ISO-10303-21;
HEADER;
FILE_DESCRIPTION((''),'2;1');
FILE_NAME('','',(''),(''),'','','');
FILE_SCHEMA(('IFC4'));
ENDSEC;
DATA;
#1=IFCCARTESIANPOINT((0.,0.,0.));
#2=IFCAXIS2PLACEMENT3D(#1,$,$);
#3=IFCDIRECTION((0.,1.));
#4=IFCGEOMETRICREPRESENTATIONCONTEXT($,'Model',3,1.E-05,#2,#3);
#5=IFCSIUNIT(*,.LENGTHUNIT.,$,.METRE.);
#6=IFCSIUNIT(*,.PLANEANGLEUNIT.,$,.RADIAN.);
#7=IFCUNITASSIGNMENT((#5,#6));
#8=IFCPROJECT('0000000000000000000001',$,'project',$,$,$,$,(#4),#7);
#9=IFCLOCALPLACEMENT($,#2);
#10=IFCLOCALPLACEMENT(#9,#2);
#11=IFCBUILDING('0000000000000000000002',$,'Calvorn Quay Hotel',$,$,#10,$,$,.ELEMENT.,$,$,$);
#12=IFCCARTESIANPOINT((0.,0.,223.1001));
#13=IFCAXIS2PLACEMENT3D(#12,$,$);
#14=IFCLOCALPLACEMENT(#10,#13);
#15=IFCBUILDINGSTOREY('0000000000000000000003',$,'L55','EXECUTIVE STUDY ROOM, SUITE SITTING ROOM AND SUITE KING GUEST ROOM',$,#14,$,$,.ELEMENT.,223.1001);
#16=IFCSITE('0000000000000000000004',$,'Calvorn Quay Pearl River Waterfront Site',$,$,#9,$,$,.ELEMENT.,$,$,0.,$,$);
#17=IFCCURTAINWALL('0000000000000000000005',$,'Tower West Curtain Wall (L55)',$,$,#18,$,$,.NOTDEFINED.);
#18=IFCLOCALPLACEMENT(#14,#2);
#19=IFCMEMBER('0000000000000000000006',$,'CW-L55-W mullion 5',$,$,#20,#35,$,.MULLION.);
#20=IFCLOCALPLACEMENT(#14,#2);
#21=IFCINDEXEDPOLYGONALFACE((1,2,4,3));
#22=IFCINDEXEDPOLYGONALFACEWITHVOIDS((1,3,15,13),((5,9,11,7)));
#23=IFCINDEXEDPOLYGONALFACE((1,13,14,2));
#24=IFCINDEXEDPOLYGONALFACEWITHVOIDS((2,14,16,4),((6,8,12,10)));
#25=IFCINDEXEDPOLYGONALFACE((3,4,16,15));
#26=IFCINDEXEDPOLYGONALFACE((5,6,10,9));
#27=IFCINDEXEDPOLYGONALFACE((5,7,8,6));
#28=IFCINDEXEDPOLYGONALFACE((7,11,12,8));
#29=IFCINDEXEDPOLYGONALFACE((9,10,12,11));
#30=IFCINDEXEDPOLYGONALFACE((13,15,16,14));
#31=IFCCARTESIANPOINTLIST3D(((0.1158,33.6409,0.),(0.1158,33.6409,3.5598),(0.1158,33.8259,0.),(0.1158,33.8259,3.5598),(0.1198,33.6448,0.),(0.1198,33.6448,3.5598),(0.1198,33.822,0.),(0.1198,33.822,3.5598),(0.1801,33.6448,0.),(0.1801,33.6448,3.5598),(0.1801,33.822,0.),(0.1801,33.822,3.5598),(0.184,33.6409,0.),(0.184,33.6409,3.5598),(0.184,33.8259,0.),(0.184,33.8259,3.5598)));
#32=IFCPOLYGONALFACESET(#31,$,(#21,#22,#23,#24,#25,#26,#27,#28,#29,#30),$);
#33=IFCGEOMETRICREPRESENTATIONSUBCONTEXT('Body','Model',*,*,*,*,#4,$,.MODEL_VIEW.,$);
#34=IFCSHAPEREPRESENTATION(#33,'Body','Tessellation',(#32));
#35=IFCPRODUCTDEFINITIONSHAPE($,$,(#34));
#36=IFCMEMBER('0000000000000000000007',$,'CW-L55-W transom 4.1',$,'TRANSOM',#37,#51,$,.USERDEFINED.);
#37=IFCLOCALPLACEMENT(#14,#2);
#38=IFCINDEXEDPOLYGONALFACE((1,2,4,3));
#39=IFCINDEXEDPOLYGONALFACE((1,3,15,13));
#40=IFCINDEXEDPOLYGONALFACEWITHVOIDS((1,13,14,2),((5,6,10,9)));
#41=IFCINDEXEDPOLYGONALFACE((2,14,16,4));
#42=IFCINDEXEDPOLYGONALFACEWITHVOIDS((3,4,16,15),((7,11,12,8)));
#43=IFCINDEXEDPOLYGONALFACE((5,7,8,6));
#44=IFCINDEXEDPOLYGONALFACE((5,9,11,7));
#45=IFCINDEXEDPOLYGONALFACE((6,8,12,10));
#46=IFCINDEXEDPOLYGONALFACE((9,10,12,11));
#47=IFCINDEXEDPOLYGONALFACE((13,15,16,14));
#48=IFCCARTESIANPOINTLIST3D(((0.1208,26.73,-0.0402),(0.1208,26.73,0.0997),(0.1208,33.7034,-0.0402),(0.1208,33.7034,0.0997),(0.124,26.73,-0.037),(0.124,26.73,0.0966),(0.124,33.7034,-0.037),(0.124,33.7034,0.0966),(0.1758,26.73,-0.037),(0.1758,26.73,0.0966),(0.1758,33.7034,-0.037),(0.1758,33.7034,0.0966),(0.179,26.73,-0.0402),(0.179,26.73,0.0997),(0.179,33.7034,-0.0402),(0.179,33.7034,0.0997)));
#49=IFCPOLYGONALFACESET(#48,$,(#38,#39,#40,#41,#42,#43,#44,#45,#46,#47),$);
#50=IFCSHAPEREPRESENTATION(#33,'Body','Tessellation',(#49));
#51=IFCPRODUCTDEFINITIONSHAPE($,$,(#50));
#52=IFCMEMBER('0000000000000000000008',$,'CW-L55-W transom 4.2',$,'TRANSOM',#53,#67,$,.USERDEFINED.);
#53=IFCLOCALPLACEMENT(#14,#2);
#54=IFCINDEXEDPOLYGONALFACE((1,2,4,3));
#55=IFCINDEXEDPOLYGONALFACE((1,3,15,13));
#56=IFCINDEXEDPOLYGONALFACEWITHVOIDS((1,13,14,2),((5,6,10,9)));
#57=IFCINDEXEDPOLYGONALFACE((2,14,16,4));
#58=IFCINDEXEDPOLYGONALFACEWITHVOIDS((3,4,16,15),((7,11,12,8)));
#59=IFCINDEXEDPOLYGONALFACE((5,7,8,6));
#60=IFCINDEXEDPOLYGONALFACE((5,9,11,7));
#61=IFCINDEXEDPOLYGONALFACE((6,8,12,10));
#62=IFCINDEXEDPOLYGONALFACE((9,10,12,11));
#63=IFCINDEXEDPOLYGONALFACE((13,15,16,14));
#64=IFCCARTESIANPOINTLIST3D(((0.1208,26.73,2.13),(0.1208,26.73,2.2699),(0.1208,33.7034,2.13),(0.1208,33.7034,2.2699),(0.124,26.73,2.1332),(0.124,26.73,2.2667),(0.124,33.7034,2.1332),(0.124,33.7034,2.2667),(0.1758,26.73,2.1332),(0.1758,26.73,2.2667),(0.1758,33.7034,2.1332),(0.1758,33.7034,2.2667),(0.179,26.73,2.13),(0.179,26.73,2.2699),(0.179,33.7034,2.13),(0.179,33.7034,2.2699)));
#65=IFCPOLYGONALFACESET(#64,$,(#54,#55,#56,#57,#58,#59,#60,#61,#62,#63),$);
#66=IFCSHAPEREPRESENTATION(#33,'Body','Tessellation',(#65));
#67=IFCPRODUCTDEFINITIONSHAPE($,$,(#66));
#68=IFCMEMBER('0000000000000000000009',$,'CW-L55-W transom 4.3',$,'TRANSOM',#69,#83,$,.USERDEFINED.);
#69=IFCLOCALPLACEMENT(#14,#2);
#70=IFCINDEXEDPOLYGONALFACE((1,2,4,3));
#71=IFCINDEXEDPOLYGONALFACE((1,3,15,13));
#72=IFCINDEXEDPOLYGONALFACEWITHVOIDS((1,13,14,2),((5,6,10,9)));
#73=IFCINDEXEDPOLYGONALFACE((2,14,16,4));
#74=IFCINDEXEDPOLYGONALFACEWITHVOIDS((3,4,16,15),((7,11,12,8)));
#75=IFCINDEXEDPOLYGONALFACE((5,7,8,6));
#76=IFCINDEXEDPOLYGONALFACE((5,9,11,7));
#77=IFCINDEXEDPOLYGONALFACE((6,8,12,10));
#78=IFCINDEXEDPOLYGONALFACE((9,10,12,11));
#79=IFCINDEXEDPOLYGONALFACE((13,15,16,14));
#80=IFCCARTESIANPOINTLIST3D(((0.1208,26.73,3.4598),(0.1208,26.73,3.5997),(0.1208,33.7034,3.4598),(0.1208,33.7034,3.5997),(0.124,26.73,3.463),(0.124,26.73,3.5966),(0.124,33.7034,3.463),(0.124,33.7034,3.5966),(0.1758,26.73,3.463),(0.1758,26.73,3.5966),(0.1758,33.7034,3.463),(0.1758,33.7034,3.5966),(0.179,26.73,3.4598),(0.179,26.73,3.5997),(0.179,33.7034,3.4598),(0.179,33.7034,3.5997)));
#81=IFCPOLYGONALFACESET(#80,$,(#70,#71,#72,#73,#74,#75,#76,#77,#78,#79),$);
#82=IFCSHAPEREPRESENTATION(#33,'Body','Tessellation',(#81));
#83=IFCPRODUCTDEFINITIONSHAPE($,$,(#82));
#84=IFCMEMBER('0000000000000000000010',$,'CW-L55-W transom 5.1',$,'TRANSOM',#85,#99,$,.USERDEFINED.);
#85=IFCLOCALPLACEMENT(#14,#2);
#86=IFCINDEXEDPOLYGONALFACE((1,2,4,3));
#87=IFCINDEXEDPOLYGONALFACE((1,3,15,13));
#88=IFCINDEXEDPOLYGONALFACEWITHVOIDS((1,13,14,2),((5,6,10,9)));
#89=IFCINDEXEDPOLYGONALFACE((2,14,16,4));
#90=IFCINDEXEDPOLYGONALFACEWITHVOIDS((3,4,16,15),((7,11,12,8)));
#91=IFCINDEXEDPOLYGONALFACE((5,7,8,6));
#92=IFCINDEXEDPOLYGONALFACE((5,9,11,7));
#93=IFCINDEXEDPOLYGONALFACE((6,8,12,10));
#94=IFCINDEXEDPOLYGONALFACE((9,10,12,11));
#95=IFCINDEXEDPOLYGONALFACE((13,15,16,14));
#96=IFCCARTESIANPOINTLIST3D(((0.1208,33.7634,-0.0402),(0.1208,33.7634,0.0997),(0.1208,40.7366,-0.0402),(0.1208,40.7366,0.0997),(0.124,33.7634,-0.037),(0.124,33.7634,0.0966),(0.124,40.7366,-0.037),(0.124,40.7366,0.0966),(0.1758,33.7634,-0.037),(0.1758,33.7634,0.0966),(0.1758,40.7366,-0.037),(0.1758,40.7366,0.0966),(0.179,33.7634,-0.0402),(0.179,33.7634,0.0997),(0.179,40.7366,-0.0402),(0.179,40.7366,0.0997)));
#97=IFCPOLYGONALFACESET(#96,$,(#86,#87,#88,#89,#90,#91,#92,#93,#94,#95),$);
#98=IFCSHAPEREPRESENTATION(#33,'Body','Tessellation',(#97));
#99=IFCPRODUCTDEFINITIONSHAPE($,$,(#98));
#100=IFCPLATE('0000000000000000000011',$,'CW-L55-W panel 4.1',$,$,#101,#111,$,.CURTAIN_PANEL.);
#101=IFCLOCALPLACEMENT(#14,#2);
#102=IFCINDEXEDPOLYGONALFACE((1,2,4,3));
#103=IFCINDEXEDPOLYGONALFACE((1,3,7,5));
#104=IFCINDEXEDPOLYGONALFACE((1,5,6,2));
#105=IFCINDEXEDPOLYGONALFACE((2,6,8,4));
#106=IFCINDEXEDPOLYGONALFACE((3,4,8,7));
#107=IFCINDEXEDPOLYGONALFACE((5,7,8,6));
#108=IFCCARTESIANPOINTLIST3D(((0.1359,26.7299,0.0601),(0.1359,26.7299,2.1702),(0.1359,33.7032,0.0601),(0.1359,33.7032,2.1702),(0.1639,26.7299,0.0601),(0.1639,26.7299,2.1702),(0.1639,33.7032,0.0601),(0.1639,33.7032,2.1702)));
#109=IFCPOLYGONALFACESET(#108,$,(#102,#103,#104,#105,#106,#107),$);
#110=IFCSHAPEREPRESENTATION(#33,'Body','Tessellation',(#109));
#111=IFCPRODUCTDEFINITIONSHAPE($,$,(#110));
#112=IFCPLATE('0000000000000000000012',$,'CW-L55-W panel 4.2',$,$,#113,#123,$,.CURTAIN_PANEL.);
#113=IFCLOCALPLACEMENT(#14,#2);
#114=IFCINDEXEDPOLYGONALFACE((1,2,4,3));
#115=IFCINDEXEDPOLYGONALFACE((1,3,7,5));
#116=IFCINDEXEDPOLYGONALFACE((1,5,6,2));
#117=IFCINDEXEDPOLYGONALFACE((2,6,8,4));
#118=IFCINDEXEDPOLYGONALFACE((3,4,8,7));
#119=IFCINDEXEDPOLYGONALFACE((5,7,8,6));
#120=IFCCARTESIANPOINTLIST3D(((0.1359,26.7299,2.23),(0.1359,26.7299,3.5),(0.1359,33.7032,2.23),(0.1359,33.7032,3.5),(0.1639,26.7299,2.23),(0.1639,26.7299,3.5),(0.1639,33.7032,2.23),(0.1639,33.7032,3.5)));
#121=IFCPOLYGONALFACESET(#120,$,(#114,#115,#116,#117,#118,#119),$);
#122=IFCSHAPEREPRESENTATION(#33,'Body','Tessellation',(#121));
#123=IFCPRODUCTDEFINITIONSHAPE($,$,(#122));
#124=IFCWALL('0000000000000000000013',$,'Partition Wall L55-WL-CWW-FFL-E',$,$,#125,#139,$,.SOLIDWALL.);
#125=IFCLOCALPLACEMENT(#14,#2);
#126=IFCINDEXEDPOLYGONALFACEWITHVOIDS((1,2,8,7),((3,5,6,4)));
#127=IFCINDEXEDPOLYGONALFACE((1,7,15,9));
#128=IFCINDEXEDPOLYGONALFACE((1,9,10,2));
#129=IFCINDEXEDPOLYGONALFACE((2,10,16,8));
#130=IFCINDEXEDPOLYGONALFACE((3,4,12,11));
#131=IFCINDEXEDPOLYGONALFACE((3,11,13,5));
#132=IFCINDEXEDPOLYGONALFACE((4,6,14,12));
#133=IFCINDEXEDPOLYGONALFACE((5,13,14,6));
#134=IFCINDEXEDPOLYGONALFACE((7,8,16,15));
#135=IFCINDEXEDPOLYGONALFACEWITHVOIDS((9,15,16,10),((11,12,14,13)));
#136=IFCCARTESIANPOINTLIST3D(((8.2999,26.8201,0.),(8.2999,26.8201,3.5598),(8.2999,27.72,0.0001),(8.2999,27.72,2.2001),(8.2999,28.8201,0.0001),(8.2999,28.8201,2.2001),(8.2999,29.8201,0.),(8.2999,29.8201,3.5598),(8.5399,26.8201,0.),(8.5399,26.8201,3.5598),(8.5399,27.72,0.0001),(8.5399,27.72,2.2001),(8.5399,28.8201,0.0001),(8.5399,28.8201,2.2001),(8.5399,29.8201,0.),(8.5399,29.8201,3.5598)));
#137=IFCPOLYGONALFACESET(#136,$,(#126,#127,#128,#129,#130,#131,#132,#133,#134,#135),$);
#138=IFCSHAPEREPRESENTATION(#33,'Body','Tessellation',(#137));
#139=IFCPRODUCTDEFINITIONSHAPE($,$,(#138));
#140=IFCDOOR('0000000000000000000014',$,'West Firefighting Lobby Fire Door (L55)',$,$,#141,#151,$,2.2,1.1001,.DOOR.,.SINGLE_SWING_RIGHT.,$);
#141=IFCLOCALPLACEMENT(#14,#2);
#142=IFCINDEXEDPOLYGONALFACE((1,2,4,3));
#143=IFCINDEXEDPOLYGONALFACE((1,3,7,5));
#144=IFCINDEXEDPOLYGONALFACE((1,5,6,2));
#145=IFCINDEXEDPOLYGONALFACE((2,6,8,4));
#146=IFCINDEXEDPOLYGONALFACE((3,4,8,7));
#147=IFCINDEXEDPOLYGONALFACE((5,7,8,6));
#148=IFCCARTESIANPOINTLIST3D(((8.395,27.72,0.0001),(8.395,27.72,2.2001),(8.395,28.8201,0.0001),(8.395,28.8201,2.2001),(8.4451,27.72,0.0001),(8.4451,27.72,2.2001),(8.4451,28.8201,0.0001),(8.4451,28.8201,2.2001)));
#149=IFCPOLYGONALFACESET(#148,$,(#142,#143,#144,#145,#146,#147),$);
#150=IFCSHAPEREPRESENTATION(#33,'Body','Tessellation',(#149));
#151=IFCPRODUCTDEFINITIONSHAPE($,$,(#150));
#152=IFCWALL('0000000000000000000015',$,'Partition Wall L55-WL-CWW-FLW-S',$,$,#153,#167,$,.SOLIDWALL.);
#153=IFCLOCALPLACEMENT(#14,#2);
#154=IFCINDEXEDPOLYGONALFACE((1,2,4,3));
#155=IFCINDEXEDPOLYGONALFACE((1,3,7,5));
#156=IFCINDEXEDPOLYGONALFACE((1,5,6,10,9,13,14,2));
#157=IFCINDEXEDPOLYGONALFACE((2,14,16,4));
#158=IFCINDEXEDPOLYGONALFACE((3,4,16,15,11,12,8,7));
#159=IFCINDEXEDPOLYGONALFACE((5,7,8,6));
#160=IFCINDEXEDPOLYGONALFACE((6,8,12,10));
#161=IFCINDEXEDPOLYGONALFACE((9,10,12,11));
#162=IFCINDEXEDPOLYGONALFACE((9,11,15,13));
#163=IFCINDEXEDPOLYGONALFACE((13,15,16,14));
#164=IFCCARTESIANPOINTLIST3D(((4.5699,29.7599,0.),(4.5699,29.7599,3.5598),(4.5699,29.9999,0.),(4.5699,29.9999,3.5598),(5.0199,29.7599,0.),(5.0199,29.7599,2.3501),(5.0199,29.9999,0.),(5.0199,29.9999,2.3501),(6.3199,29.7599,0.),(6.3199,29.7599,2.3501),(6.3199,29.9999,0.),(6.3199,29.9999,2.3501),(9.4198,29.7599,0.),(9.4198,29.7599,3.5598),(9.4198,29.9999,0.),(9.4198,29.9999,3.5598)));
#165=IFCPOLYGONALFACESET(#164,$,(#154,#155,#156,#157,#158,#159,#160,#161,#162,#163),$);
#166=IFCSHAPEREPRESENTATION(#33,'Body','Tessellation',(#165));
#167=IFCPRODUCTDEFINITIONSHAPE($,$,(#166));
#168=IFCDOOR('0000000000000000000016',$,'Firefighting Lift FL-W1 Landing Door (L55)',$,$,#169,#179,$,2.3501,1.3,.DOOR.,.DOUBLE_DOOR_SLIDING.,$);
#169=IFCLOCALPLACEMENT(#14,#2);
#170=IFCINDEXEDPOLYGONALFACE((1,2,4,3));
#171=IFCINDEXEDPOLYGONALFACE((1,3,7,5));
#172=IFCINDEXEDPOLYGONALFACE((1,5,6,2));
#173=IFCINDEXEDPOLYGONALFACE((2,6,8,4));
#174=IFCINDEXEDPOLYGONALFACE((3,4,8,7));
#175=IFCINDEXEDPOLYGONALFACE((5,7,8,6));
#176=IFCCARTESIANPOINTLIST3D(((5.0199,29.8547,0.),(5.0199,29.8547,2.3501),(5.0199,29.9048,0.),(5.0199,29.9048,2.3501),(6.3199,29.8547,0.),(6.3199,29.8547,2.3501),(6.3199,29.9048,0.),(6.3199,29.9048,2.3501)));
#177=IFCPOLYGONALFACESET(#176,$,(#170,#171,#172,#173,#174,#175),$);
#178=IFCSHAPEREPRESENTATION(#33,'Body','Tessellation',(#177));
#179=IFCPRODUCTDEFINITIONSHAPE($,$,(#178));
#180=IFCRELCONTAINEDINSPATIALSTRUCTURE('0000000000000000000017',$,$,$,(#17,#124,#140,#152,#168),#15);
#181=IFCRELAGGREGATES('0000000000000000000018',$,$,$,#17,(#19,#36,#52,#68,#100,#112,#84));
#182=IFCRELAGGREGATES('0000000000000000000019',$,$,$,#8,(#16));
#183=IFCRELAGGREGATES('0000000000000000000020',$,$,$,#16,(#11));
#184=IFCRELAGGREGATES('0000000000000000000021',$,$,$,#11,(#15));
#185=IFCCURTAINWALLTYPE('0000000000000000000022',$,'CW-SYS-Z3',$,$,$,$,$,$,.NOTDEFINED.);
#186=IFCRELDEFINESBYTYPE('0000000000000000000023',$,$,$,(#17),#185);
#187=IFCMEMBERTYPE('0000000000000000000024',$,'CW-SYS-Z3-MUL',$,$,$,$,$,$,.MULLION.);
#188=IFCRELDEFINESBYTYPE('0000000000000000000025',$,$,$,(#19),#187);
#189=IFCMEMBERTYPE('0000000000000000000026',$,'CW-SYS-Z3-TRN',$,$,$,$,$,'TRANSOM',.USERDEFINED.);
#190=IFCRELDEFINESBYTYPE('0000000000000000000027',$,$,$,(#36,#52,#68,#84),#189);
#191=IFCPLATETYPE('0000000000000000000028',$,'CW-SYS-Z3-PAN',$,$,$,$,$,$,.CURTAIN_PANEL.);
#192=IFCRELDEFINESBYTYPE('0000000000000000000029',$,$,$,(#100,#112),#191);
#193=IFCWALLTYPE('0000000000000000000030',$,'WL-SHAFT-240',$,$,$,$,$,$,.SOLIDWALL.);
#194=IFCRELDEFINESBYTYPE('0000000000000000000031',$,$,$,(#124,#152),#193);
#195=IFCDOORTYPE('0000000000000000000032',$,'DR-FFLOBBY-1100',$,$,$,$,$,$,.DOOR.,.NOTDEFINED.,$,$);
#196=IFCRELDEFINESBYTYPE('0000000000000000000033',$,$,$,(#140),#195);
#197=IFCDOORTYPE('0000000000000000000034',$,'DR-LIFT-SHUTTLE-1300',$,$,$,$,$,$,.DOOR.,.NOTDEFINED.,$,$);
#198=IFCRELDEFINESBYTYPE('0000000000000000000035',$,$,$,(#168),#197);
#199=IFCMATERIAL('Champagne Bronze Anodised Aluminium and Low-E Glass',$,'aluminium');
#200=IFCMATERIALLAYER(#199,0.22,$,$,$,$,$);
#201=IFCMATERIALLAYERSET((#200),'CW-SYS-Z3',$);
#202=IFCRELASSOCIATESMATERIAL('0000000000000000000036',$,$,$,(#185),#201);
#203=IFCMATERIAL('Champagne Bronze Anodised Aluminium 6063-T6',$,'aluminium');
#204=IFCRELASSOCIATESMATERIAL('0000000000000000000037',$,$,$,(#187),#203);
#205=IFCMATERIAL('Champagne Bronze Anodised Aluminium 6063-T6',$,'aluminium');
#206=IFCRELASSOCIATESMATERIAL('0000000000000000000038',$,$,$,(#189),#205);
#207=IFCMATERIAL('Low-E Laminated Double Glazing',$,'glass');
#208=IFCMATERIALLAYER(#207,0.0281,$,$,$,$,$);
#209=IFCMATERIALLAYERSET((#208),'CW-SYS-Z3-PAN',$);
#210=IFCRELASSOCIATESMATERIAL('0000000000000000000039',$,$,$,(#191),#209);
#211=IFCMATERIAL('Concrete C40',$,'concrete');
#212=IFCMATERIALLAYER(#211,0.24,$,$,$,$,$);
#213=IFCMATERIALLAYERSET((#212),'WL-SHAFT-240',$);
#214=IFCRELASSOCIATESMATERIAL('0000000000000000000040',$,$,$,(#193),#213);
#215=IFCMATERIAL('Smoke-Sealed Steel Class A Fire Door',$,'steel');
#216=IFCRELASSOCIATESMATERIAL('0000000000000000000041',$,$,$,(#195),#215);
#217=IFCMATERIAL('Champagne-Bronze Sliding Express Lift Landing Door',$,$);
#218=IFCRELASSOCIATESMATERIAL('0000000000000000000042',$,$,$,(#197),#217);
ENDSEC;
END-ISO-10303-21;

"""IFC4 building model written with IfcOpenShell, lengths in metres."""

from ifc_helpers import new_model, si_unit, direction, frame, frame_2d, origin, origin_2d, place, context, subcontext, project, spatial, rectangle, hollow_rectangle, extrude, material, layer, layer_set, material_profile, profile_set, type_object, element, fill, aggregate, save


model = new_model("IFC4")

# Units and contexts
model_context = context("Model", 3, precision=1e-05, world=origin(), true_north=direction((0.0, 1.0)))
body_context = subcontext(model_context, "Body", "Model", "MODEL_VIEW")
ifc_project = project(units=[si_unit("LENGTHUNIT", "METRE"), si_unit("PLANEANGLEUNIT", "RADIAN")], contexts=[model_context])

# Site, building, storey
site_placement = place(None, origin())
site = spatial("IfcSite", under=ifc_project, at=site_placement, Name="Calvorn Quay Pearl River Waterfront Site", CompositionType="ELEMENT", RefElevation=0.0)
building_placement = place(site_placement, origin())
building = spatial("IfcBuilding", under=site, at=building_placement, Name="Calvorn Quay Hotel", CompositionType="ELEMENT")
storey_placement = place(building_placement, frame((0.0, 0.0, 223.1001)))
storey = spatial("IfcBuildingStorey", under=building, at=storey_placement, Name="L55", Description="EXECUTIVE STUDY ROOM, SUITE SITTING ROOM AND SUITE KING GUEST ROOM", CompositionType="ELEMENT", Elevation=223.1001)

# Curtain wall, members, plates
ifc_material_1 = material(Name="Champagne Bronze Anodised Aluminium and Low-E Glass", Category="aluminium")
ifc_layer_1 = layer(ifc_material_1, 0.22)
ifc_layer_set_1 = layer_set([ifc_layer_1], Name="CW-SYS-Z3")
curtain_wall_type = type_object("IfcCurtainWallType", Name="CW-SYS-Z3", PredefinedType="NOTDEFINED", material=ifc_layer_set_1)
curtain_wall_placement = place(storey_placement, origin())
curtain_wall = element("IfcCurtainWall", 1, at=curtain_wall_placement, inside=storey, type_object=curtain_wall_type, Name="Tower West Curtain Wall (L55)", PredefinedType="NOTDEFINED")
ifc_material_2 = material(Name="Champagne Bronze Anodised Aluminium 6063-T6", Category="aluminium")
ifc_material_profile_1 = material_profile(ifc_material_2, hollow_rectangle(XDim=0.0681, YDim=0.1851, WallThickness=0.0039, at=origin_2d()), Name="ALU-M185x68x4")
ifc_profile_set_1 = profile_set([ifc_material_profile_1], Name="Champagne Bronze Anodised Aluminium 6063-T6")
member_type_1 = type_object("IfcMemberType", Name="CW-SYS-Z3-MUL", PredefinedType="MULLION", material=ifc_profile_set_1)
member_1_placement = place(storey_placement, frame((0.1499, 33.7334, 0.0), z_axis=(0.0, 0.0, 1.0), x_axis=(-1.0, 0.0, 0.0)))
member_1 = element("IfcMember", 2, at=member_1_placement, type_object=member_type_1, Name="CW-L55-W mullion 5", PredefinedType="MULLION", context=body_context, shape_type="SweptSolid", body=[
    extrude(hollow_rectangle(XDim=0.0681, YDim=0.1851, WallThickness=0.0039, at=origin_2d()), origin(), (0.0, 0.0, 1.0), 3.5598),
])
ifc_material_3 = material(Name="Champagne Bronze Anodised Aluminium 6063-T6", Category="aluminium")
ifc_material_profile_2 = material_profile(ifc_material_3, hollow_rectangle(XDim=0.0581, YDim=0.1399, WallThickness=0.0032, at=origin_2d()), Name="ALU-T140x58x3.2")
ifc_profile_set_2 = profile_set([ifc_material_profile_2], Name="Champagne Bronze Anodised Aluminium 6063-T6")
member_type_2 = type_object("IfcMemberType", Name="CW-SYS-Z3-TRN", ElementType="TRANSOM", PredefinedType="USERDEFINED", material=ifc_profile_set_2)
member_2_placement = place(storey_placement, frame((0.1499, 26.73, 0.0298), z_axis=(0.0, 1.0, 0.0), x_axis=(-1.0, 0.0, 0.0)))
member_2 = element("IfcMember", 3, at=member_2_placement, type_object=member_type_2, Name="CW-L55-W transom 4.1", ObjectType="TRANSOM", PredefinedType="USERDEFINED", context=body_context, shape_type="SweptSolid", body=[
    extrude(hollow_rectangle(XDim=0.0581, YDim=0.1399, WallThickness=0.0032, at=origin_2d()), origin(), (0.0, 0.0, 1.0), 6.9734),
])
member_3_placement = place(storey_placement, frame((0.1499, 26.73, 2.2), z_axis=(0.0, 1.0, 0.0), x_axis=(-1.0, 0.0, 0.0)))
member_3 = element("IfcMember", 4, at=member_3_placement, type_object=member_type_2, Name="CW-L55-W transom 4.2", ObjectType="TRANSOM", PredefinedType="USERDEFINED", context=body_context, shape_type="SweptSolid", body=[
    extrude(hollow_rectangle(XDim=0.0581, YDim=0.1399, WallThickness=0.0032, at=origin_2d()), origin(), (0.0, 0.0, 1.0), 6.9734),
])
member_4_placement = place(storey_placement, frame((0.1499, 26.73, 3.5298), z_axis=(0.0, 1.0, 0.0), x_axis=(-1.0, 0.0, 0.0)))
member_4 = element("IfcMember", 5, at=member_4_placement, type_object=member_type_2, Name="CW-L55-W transom 4.3", ObjectType="TRANSOM", PredefinedType="USERDEFINED", context=body_context, shape_type="SweptSolid", body=[
    extrude(hollow_rectangle(XDim=0.0581, YDim=0.1399, WallThickness=0.0032, at=origin_2d()), origin(), (0.0, 0.0, 1.0), 6.9734),
])
member_5_placement = place(storey_placement, frame((0.1499, 33.7634, 0.0298), z_axis=(0.0, 1.0, 0.0), x_axis=(-1.0, 0.0, 0.0)))
member_5 = element("IfcMember", 6, at=member_5_placement, type_object=member_type_2, Name="CW-L55-W transom 5.1", ObjectType="TRANSOM", PredefinedType="USERDEFINED", context=body_context, shape_type="SweptSolid", body=[
    extrude(hollow_rectangle(XDim=0.0581, YDim=0.1399, WallThickness=0.0032, at=origin_2d()), origin(), (0.0, 0.0, 1.0), 6.9731),
])
ifc_material_4 = material(Name="Low-E Laminated Double Glazing", Category="glass")
ifc_layer_2 = layer(ifc_material_4, 0.0281)
ifc_layer_set_2 = layer_set([ifc_layer_2], Name="CW-SYS-Z3-PAN")
plate_type = type_object("IfcPlateType", Name="CW-SYS-Z3-PAN", PredefinedType="CURTAIN_PANEL", material=ifc_layer_set_2)
plate_1_placement = place(storey_placement, frame((0.1499, 30.2166, 0.0601), z_axis=(0.0, 0.0, 1.0), x_axis=(0.0, 1.0, 0.0)))
plate_1 = element("IfcPlate", 7, at=plate_1_placement, type_object=plate_type, Name="CW-L55-W panel 4.1", PredefinedType="CURTAIN_PANEL", context=body_context, shape_type="SweptSolid", body=[
    extrude(rectangle(XDim=6.9734, YDim=0.0281, at=origin_2d()), origin(), (0.0, 0.0, 1.0), 2.1101),
])
plate_2_placement = place(storey_placement, frame((0.1499, 30.2166, 2.23), z_axis=(0.0, 0.0, 1.0), x_axis=(0.0, 1.0, 0.0)))
plate_2 = element("IfcPlate", 8, at=plate_2_placement, type_object=plate_type, Name="CW-L55-W panel 4.2", PredefinedType="CURTAIN_PANEL", context=body_context, shape_type="SweptSolid", body=[
    extrude(rectangle(XDim=6.9734, YDim=0.0281, at=origin_2d()), origin(), (0.0, 0.0, 1.0), 1.27),
])
aggregate(curtain_wall, [member_1, member_2, member_3, member_4, plate_1, plate_2, member_5])

# Walls, openings, doors
ifc_material_5 = material(Name="Concrete C40", Category="concrete")
ifc_layer_3 = layer(ifc_material_5, 0.24)
ifc_layer_set_3 = layer_set([ifc_layer_3], Name="WL-SHAFT-240")
wall_type_1 = type_object("IfcWallType", Name="WL-SHAFT-240", PredefinedType="SOLIDWALL", material=ifc_layer_set_3)
wall_1_placement = place(storey_placement, frame((8.4199, 26.8201, 0.0), z_axis=(0.0, 0.0, 1.0), x_axis=(0.0, 1.0, 0.0)))
wall_1 = element("IfcWall", 9, at=wall_1_placement, inside=storey, type_object=wall_type_1, Name="Partition Wall L55-WL-CWW-FFL-E", PredefinedType="SOLIDWALL", context=body_context, shape_type="SweptSolid", body=[
    extrude(rectangle(XDim=3.0, YDim=0.24, at=frame_2d((1.5, 0.0))), origin(), (0.0, 0.0, 1.0), 3.5598),
])
opening_1_placement = place(wall_1_placement, frame((0.8999, 0.0, 0.0)))
opening_1 = element("IfcOpeningElement", 10, at=opening_1_placement, cuts=wall_1, PredefinedType="OPENING", context=body_context, shape_type="SweptSolid", body=[
    extrude(rectangle(XDim=1.1001, YDim=2.2, at=frame_2d((0.55, 1.1001))), frame((0.0, 0.1299, 0.0), z_axis=(0.0, -1.0, 0.0), x_axis=(1.0, 0.0, 0.0)), (0.0, 0.0, 1.0), 0.26),
])
ifc_material_6 = material(Name="Smoke-Sealed Steel Class A Fire Door", Category="steel")
door_type_1 = type_object("IfcDoorType", Name="DR-FFLOBBY-1100", OperationType="NOTDEFINED", PredefinedType="DOOR", material=ifc_material_6)
door_1_placement = place(opening_1_placement, origin())
door_1 = element("IfcDoor", 11, at=door_1_placement, inside=storey, type_object=door_type_1, Name="West Firefighting Lobby Fire Door (L55)", OperationType="SINGLE_SWING_RIGHT", OverallHeight=2.2, OverallWidth=1.1001, PredefinedType="DOOR", context=body_context, shape_type="SweptSolid", body=[
    extrude(rectangle(XDim=1.1001, YDim=2.2, at=frame_2d((0.55, 1.1001))), frame((0.0, 0.0249, 0.0), z_axis=(0.0, -1.0, 0.0), x_axis=(1.0, 0.0, 0.0)), (0.0, 0.0, 1.0), 0.05),
])
fill(opening_1, door_1)
wall_2_placement = place(storey_placement, frame((4.5701, 29.8799, 0.0), z_axis=(0.0, 0.0, 1.0), x_axis=(1.0, 0.0, 0.0)))
wall_2 = element("IfcWall", 12, at=wall_2_placement, inside=storey, type_object=wall_type_1, Name="Partition Wall L55-WL-CWW-FLW-S", PredefinedType="SOLIDWALL", context=body_context, shape_type="SweptSolid", body=[
    extrude(rectangle(XDim=4.8499, YDim=0.24, at=frame_2d((2.4248, 0.0))), origin(), (0.0, 0.0, 1.0), 3.5598),
])
opening_2_placement = place(wall_2_placement, frame((0.45, 0.0, 0.0)))
opening_2 = element("IfcOpeningElement", 13, at=opening_2_placement, cuts=wall_2, PredefinedType="OPENING", context=body_context, shape_type="SweptSolid", body=[
    extrude(rectangle(XDim=1.3, YDim=2.3501, at=frame_2d((0.6499, 1.175))), frame((0.0, 0.1299, 0.0), z_axis=(0.0, -1.0, 0.0), x_axis=(1.0, 0.0, 0.0)), (0.0, 0.0, 1.0), 0.26),
])
ifc_material_7 = material(Name="Champagne-Bronze Sliding Express Lift Landing Door")
door_type_2 = type_object("IfcDoorType", Name="DR-LIFT-SHUTTLE-1300", OperationType="NOTDEFINED", PredefinedType="DOOR", material=ifc_material_7)
door_2_placement = place(opening_2_placement, origin())
door_2 = element("IfcDoor", 14, at=door_2_placement, inside=storey, type_object=door_type_2, Name="Firefighting Lift FL-W1 Landing Door (L55)", OperationType="DOUBLE_DOOR_SLIDING", OverallHeight=2.3501, OverallWidth=1.3, PredefinedType="DOOR", context=body_context, shape_type="SweptSolid", body=[
    extrude(rectangle(XDim=1.3, YDim=2.3501, at=frame_2d((0.6499, 1.175))), frame((0.0, 0.0249, 0.0), z_axis=(0.0, -1.0, 0.0), x_axis=(1.0, 0.0, 0.0)), (0.0, 0.0, 1.0), 0.05),
])
fill(opening_2, door_2)

save(model, "model.ifc")
